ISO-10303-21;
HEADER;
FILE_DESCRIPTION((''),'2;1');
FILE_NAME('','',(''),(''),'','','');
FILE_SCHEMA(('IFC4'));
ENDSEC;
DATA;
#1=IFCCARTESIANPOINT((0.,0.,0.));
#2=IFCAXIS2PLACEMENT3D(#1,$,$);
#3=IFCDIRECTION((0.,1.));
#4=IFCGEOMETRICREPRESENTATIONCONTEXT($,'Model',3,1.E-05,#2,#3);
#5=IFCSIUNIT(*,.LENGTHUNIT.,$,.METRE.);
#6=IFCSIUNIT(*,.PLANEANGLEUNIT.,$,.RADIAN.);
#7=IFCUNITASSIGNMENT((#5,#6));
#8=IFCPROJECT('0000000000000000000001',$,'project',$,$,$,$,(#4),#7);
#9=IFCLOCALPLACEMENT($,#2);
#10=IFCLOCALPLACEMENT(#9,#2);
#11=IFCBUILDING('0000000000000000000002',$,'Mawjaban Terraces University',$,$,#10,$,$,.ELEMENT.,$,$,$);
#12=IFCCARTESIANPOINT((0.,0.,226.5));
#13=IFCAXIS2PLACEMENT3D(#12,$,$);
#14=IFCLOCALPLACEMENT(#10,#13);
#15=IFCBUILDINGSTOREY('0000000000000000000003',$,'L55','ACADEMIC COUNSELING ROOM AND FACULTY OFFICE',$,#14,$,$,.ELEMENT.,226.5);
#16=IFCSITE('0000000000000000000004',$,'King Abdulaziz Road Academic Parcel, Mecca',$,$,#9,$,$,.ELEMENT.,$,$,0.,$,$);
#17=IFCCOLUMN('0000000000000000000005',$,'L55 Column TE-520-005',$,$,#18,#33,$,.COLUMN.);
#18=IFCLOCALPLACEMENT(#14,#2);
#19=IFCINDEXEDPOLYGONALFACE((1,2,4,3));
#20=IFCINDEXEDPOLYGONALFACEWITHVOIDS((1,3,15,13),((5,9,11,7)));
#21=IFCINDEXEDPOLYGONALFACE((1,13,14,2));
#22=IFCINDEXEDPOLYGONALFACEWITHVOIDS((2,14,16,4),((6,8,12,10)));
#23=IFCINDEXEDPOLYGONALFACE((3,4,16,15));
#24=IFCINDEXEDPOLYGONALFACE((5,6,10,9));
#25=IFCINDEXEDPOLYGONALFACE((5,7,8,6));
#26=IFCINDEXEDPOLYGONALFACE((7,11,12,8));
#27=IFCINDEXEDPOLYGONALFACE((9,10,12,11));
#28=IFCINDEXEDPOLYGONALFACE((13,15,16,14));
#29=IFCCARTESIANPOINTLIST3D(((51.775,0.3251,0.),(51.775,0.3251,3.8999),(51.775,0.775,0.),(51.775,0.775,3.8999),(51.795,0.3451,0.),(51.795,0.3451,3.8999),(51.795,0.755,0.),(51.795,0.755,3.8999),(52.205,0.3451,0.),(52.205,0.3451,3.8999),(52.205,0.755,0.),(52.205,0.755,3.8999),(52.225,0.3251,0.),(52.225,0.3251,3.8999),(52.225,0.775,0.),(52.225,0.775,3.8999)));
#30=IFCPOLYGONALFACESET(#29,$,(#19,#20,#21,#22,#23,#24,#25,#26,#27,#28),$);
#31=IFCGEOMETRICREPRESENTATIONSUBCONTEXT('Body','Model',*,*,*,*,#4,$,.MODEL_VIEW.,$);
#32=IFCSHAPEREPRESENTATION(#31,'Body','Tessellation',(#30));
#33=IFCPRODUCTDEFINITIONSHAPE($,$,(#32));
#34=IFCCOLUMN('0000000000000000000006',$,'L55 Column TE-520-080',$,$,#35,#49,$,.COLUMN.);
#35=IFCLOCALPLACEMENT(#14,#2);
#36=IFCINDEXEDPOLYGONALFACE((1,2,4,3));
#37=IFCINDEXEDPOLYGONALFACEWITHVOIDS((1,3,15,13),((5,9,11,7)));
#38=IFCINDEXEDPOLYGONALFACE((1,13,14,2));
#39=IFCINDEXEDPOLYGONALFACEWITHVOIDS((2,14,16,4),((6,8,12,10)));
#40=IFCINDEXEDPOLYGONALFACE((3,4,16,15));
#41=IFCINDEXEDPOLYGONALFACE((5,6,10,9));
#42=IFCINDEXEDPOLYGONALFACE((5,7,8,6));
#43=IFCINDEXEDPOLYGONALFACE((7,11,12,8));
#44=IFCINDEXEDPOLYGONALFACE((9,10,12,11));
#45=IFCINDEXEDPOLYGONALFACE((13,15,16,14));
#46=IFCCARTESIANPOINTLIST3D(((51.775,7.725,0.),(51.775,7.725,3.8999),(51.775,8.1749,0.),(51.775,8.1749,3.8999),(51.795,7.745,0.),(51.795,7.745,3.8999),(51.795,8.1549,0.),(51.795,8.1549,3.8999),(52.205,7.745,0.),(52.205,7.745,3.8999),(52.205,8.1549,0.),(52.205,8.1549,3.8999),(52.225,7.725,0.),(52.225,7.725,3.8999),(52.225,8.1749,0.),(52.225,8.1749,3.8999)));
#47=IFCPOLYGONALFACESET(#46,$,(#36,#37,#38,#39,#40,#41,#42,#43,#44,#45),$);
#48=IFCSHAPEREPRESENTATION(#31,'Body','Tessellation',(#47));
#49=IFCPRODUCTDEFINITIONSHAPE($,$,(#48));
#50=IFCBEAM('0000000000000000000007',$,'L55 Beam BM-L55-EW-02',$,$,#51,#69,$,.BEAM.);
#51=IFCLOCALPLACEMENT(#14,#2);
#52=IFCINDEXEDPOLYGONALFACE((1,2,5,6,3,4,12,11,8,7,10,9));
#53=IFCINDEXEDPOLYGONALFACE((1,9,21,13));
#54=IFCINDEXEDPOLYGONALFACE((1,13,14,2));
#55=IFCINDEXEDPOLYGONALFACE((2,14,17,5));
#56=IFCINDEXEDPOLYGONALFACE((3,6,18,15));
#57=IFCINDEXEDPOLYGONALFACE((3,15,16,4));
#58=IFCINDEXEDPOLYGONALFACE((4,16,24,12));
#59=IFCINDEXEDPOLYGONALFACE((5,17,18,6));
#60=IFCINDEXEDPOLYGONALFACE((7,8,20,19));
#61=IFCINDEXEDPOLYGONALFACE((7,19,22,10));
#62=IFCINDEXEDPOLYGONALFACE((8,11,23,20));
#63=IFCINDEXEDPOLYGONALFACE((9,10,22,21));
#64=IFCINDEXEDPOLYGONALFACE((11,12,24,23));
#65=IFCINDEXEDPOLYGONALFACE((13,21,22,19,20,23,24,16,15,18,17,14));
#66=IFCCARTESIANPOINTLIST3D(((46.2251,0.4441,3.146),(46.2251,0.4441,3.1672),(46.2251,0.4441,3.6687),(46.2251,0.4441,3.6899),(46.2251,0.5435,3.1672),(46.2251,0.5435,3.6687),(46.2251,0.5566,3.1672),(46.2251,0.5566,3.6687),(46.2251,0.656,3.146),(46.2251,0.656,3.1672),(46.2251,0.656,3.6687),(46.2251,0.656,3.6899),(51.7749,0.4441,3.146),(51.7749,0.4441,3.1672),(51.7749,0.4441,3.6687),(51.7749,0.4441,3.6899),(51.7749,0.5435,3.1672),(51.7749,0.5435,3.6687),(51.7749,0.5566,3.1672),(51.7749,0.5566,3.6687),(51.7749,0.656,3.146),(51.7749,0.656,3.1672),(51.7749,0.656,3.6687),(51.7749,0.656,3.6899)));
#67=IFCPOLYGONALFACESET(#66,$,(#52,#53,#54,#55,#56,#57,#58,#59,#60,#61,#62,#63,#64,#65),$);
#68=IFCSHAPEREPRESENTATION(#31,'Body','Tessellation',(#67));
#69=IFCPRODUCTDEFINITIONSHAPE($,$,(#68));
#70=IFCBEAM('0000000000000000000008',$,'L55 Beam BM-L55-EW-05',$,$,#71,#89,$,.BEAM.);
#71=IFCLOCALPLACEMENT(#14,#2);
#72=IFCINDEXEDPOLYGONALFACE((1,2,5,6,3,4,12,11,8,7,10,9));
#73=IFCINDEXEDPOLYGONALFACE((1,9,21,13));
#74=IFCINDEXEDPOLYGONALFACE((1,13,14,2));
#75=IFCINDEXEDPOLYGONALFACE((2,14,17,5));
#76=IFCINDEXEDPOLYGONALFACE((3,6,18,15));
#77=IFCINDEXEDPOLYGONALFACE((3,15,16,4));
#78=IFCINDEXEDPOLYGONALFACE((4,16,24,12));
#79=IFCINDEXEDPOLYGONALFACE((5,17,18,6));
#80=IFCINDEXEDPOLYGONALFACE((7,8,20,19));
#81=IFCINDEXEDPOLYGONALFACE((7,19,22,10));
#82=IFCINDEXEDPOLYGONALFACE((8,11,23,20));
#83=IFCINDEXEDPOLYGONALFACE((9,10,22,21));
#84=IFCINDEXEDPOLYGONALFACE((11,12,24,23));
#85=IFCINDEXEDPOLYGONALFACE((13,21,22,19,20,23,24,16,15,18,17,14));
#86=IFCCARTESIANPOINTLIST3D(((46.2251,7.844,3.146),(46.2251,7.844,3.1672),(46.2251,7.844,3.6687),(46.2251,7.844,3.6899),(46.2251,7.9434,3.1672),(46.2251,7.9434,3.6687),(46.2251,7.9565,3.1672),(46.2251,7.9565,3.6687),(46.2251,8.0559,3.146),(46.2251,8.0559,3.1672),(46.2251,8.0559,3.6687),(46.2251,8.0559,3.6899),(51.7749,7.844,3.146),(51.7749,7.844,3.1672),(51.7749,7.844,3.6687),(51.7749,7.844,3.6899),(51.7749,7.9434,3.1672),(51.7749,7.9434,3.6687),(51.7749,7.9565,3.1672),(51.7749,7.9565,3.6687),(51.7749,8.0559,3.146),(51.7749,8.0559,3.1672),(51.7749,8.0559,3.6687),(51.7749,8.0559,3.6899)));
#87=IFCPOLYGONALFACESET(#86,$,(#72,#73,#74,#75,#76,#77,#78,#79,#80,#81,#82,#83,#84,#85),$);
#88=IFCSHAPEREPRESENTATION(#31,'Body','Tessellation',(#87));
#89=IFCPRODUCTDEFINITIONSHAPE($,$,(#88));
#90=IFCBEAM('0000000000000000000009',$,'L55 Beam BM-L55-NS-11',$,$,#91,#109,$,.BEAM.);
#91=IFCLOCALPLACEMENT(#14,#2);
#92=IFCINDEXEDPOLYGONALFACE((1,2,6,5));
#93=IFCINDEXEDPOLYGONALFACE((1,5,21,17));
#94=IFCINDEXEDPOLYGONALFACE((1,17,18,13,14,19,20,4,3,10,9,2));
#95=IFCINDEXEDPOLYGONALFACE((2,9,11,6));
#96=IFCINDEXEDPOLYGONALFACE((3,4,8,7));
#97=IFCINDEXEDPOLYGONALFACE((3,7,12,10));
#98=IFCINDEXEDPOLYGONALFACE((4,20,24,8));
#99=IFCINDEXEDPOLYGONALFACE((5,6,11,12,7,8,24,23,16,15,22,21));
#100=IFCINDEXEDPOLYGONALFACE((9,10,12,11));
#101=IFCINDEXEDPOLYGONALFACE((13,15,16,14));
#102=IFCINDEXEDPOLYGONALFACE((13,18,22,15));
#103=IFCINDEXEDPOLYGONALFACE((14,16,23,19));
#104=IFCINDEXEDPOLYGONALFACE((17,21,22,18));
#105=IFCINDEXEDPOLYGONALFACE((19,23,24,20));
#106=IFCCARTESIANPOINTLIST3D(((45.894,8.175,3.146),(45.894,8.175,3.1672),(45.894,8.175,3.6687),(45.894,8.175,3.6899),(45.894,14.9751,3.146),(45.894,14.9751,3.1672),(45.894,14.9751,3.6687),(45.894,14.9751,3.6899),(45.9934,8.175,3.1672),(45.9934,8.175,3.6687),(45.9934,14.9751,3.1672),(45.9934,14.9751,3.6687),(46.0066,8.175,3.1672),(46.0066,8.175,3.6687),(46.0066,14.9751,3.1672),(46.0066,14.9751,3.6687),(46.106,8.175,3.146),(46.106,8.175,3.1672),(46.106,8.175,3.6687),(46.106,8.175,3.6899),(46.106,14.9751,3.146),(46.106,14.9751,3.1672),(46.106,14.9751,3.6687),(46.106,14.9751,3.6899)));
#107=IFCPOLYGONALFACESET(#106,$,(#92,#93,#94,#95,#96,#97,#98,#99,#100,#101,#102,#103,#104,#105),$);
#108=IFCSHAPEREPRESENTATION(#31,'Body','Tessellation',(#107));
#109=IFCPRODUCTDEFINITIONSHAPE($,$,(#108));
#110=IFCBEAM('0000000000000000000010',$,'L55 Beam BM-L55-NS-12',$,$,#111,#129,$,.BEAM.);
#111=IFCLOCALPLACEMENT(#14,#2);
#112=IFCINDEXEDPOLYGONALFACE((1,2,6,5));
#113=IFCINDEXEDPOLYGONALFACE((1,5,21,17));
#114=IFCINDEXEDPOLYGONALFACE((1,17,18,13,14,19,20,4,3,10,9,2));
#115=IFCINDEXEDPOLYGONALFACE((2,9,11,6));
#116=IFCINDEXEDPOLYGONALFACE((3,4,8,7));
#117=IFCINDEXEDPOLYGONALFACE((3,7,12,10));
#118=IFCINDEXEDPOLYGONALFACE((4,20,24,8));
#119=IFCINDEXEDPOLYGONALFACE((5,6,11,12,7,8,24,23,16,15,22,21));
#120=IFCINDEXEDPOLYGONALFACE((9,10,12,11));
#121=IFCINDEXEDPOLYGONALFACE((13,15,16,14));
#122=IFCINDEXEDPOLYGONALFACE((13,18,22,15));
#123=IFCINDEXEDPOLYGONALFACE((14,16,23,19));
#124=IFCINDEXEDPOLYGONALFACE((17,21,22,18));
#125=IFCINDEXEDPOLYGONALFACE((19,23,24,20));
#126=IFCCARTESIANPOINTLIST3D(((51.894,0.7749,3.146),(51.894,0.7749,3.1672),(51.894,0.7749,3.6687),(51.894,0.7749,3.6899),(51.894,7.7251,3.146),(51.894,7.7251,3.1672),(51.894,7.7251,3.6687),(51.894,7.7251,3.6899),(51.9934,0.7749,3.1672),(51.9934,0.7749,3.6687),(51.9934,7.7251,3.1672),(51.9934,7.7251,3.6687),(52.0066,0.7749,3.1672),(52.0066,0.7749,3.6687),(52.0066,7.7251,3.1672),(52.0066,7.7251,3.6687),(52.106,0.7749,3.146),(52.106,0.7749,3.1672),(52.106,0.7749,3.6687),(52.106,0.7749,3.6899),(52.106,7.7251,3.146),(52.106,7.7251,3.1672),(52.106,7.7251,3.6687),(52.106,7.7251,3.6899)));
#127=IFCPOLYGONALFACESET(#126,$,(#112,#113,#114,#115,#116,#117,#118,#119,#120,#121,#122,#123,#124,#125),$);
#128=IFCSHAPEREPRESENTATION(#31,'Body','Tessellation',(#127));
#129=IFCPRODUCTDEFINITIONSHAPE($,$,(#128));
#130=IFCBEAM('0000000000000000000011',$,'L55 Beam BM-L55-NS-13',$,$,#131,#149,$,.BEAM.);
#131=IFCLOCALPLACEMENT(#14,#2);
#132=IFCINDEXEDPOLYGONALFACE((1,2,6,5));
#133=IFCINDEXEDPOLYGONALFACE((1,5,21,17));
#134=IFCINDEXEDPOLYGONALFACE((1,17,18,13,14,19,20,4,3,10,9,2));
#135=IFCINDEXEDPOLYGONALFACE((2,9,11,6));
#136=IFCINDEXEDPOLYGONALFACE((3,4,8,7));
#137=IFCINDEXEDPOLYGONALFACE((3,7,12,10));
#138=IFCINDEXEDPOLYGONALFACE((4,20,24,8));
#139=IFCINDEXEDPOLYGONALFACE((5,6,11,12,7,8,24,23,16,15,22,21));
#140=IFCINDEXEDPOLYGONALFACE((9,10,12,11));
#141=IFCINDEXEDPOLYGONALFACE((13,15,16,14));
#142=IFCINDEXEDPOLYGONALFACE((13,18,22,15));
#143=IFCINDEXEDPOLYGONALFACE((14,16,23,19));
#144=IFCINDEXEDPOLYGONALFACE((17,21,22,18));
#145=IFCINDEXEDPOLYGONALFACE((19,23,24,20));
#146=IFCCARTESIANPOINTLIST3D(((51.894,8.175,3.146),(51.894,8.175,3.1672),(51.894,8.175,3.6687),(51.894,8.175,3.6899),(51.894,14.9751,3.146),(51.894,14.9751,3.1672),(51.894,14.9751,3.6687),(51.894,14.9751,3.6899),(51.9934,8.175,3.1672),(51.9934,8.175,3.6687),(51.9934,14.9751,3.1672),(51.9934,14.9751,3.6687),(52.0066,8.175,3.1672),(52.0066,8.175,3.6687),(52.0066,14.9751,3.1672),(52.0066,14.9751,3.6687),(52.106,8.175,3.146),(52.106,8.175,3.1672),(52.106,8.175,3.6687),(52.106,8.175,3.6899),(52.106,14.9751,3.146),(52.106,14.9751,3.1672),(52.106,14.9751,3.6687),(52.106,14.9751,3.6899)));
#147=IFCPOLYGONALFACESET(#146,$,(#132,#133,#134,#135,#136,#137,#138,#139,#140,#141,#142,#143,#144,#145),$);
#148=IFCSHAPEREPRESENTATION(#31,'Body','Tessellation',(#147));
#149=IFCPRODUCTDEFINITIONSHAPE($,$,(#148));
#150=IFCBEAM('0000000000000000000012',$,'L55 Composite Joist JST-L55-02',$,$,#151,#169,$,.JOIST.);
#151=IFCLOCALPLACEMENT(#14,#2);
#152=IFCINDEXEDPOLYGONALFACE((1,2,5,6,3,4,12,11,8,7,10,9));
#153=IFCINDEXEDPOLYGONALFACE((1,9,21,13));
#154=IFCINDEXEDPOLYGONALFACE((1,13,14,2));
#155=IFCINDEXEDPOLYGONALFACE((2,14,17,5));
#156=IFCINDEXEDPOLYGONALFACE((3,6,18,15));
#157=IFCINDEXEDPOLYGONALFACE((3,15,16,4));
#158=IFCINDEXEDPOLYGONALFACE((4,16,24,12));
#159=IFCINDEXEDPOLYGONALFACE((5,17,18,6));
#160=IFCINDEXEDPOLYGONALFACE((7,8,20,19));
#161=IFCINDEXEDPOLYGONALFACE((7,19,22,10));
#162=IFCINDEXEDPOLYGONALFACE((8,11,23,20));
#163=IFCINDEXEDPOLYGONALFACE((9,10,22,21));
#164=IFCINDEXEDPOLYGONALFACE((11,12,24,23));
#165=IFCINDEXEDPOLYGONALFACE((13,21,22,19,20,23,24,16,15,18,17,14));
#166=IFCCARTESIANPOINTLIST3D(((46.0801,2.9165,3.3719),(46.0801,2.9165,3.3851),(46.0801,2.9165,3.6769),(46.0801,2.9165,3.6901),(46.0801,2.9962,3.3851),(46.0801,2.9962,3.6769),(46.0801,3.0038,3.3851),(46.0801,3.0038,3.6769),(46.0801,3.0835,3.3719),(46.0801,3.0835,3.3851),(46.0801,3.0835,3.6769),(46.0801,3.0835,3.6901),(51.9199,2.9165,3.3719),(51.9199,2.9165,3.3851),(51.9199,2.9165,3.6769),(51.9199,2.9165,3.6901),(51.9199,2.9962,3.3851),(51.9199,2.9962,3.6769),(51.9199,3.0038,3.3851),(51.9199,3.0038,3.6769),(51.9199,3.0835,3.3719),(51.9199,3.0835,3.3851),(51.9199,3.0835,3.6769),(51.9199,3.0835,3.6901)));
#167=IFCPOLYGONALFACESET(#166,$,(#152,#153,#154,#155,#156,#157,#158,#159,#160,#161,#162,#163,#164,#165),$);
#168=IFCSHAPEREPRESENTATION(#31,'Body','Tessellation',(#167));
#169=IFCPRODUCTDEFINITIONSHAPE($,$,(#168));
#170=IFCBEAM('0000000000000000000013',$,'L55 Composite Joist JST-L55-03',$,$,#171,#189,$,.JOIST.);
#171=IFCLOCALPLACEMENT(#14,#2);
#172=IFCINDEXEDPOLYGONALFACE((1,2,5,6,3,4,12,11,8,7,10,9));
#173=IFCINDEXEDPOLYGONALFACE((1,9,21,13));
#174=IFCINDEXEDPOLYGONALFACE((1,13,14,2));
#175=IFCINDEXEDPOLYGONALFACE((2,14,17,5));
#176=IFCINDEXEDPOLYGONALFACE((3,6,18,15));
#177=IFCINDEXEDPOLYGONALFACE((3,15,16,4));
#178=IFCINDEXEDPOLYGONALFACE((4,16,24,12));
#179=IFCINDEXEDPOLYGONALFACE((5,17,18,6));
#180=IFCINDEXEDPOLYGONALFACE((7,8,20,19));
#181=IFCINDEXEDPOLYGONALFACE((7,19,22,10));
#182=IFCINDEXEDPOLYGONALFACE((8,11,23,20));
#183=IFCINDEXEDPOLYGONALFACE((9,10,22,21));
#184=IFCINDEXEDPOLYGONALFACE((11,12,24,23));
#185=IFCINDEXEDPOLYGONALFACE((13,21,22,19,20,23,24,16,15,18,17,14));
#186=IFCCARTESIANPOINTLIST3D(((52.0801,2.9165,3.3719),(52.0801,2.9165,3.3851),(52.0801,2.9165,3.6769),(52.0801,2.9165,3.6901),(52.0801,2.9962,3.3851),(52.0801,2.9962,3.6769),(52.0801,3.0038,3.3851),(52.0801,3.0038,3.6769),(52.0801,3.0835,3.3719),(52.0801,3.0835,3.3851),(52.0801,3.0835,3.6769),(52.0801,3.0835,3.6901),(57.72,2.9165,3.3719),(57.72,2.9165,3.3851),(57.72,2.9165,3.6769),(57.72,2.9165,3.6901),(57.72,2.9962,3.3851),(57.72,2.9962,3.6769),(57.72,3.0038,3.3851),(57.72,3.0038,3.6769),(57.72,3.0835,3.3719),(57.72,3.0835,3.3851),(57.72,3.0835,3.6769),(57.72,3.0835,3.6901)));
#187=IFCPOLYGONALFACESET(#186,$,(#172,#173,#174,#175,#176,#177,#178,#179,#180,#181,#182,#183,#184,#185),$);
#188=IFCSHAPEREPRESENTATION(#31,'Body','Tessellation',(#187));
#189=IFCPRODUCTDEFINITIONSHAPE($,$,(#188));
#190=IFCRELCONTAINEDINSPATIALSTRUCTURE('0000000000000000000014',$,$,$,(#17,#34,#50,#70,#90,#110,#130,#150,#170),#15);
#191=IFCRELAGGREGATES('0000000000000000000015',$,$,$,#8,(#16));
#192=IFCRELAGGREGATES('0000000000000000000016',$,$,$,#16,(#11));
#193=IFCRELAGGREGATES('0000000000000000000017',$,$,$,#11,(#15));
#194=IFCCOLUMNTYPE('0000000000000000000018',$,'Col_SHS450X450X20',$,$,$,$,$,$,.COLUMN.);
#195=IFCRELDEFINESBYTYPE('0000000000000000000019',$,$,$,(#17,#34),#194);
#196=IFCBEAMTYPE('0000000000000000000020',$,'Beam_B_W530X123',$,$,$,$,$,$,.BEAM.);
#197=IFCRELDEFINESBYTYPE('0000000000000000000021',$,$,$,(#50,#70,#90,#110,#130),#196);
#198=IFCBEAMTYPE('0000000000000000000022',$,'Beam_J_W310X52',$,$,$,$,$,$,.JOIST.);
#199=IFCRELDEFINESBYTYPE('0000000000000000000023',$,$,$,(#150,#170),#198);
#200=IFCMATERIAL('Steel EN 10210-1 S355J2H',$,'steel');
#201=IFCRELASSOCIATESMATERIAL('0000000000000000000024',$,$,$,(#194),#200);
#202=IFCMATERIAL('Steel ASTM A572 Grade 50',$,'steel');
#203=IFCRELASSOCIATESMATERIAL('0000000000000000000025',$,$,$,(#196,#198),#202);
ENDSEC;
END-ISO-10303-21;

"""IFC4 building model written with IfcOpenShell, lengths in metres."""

from ifc_helpers import new_model, si_unit, direction, frame, origin, origin_2d, place, context, subcontext, project, spatial, hollow_rectangle, i_section, extrude, material, material_profile, profile_set, type_object, element, save


model = new_model("IFC4")

# Units and contexts
model_context = context("Model", 3, precision=1e-05, world=origin(), true_north=direction((0.0, 1.0)))
body_context = subcontext(model_context, "Body", "Model", "MODEL_VIEW")
ifc_project = project(units=[si_unit("LENGTHUNIT", "METRE"), si_unit("PLANEANGLEUNIT", "RADIAN")], contexts=[model_context])

# Site, building, storey
site_placement = place(None, origin())
site = spatial("IfcSite", under=ifc_project, at=site_placement, Name="King Abdulaziz Road Academic Parcel, Mecca", CompositionType="ELEMENT", RefElevation=0.0)
building_placement = place(site_placement, origin())
building = spatial("IfcBuilding", under=site, at=building_placement, Name="Mawjaban Terraces University", CompositionType="ELEMENT")
storey_placement = place(building_placement, frame((0.0, 0.0, 226.5)))
storey = spatial("IfcBuildingStorey", under=building, at=storey_placement, Name="L55", Description="ACADEMIC COUNSELING ROOM AND FACULTY OFFICE", CompositionType="ELEMENT", Elevation=226.5)

# Columns
ifc_material_1 = material(Name="Steel EN 10210-1 S355J2H", Category="steel")
ifc_material_profile_1 = material_profile(ifc_material_1, hollow_rectangle(XDim=0.45, YDim=0.45, WallThickness=0.02, at=origin_2d()), Name="SHS450X450X20")
ifc_profile_set_1 = profile_set([ifc_material_profile_1], Name="Steel EN 10210-1 S355J2H")
column_type = type_object("IfcColumnType", Name="Col_SHS450X450X20", PredefinedType="COLUMN", material=ifc_profile_set_1)
for number, where, z_axis, x_axis, name in (
    (1, (52.0, 0.55, 0.0), (0.0, 0.0, 1.0), (1.0, 0.0, 0.0), "L55 Column TE-520-005"),
    (2, (52.0, 7.95, 0.0), (0.0, 0.0, 1.0), (1.0, 0.0, 0.0), "L55 Column TE-520-080"),
):
    element("IfcColumn", number, at=place(storey_placement, frame(where, z_axis=z_axis, x_axis=x_axis)), inside=storey, type_object=column_type, Name=name, PredefinedType="COLUMN", context=body_context, shape_type="SweptSolid", body=[
        extrude(hollow_rectangle(XDim=0.45, YDim=0.45, WallThickness=0.02, at=origin_2d()), origin(), (0.0, 0.0, 1.0), 3.8999),
    ])

# Beams
ifc_material_2 = material(Name="Steel ASTM A572 Grade 50", Category="steel")
ifc_material_profile_2 = material_profile(ifc_material_2, i_section(OverallWidth=0.2119, OverallDepth=0.5439, WebThickness=0.0132, FlangeThickness=0.0212, at=origin_2d()), Name="W530X123")
ifc_profile_set_2 = profile_set([ifc_material_profile_2], Name="Steel ASTM A572 Grade 50")
beam_type_1 = type_object("IfcBeamType", Name="Beam_B_W530X123", PredefinedType="BEAM", material=ifc_profile_set_2)
for number, where, z_axis, x_axis, name in (
    (3, (46.2251, 0.55, 3.418), (1.0, 0.0, 0.0), (0.0, 1.0, 0.0), "L55 Beam BM-L55-EW-02"),
    (4, (46.2251, 7.95, 3.418), (1.0, 0.0, 0.0), (0.0, 1.0, 0.0), "L55 Beam BM-L55-EW-05"),
):
    element("IfcBeam", number, at=place(storey_placement, frame(where, z_axis=z_axis, x_axis=x_axis)), inside=storey, type_object=beam_type_1, Name=name, PredefinedType="BEAM", context=body_context, shape_type="SweptSolid", body=[
        extrude(i_section(OverallWidth=0.2119, OverallDepth=0.5439, WebThickness=0.0132, FlangeThickness=0.0212, at=origin_2d()), origin(), (0.0, 0.0, 1.0), 5.5498),
    ])
beam_1_placement = place(storey_placement, frame((46.0, 8.175, 3.418), z_axis=(0.0, 1.0, 0.0), x_axis=(-1.0, 0.0, 0.0)))
element("IfcBeam", 5, at=beam_1_placement, inside=storey, type_object=beam_type_1, Name="L55 Beam BM-L55-NS-11", PredefinedType="BEAM", context=body_context, shape_type="SweptSolid", body=[
    extrude(i_section(OverallWidth=0.2119, OverallDepth=0.5439, WebThickness=0.0132, FlangeThickness=0.0212, at=origin_2d()), origin(), (0.0, 0.0, 1.0), 6.8),
])
beam_2_placement = place(storey_placement, frame((52.0, 0.7749, 3.418), z_axis=(0.0, 1.0, 0.0), x_axis=(-1.0, 0.0, 0.0)))
element("IfcBeam", 6, at=beam_2_placement, inside=storey, type_object=beam_type_1, Name="L55 Beam BM-L55-NS-12", PredefinedType="BEAM", context=body_context, shape_type="SweptSolid", body=[
    extrude(i_section(OverallWidth=0.2119, OverallDepth=0.5439, WebThickness=0.0132, FlangeThickness=0.0212, at=origin_2d()), origin(), (0.0, 0.0, 1.0), 6.9502),
])
beam_3_placement = place(storey_placement, frame((52.0, 8.175, 3.418), z_axis=(0.0, 1.0, 0.0), x_axis=(-1.0, 0.0, 0.0)))
element("IfcBeam", 7, at=beam_3_placement, inside=storey, type_object=beam_type_1, Name="L55 Beam BM-L55-NS-13", PredefinedType="BEAM", context=body_context, shape_type="SweptSolid", body=[
    extrude(i_section(OverallWidth=0.2119, OverallDepth=0.5439, WebThickness=0.0132, FlangeThickness=0.0212, at=origin_2d()), origin(), (0.0, 0.0, 1.0), 6.8),
])
ifc_material_profile_3 = material_profile(ifc_material_2, i_section(OverallWidth=0.167, OverallDepth=0.3181, WebThickness=0.0076, FlangeThickness=0.0132, at=origin_2d()), Name="W310X52")
ifc_profile_set_3 = profile_set([ifc_material_profile_3], Name="Steel ASTM A572 Grade 50")
beam_type_2 = type_object("IfcBeamType", Name="Beam_J_W310X52", PredefinedType="JOIST", material=ifc_profile_set_3)
beam_4_placement = place(storey_placement, frame((46.0801, 3.0, 3.531), z_axis=(1.0, 0.0, 0.0), x_axis=(0.0, 1.0, 0.0)))
element("IfcBeam", 8, at=beam_4_placement, inside=storey, type_object=beam_type_2, Name="L55 Composite Joist JST-L55-02", PredefinedType="JOIST", context=body_context, shape_type="SweptSolid", body=[
    extrude(i_section(OverallWidth=0.167, OverallDepth=0.3181, WebThickness=0.0076, FlangeThickness=0.0132, at=origin_2d()), origin(), (0.0, 0.0, 1.0), 5.8398),
])
beam_5_placement = place(storey_placement, frame((52.0801, 3.0, 3.531), z_axis=(1.0, 0.0, 0.0), x_axis=(0.0, 1.0, 0.0)))
element("IfcBeam", 9, at=beam_5_placement, inside=storey, type_object=beam_type_2, Name="L55 Composite Joist JST-L55-03", PredefinedType="JOIST", context=body_context, shape_type="SweptSolid", body=[
    extrude(i_section(OverallWidth=0.167, OverallDepth=0.3181, WebThickness=0.0076, FlangeThickness=0.0132, at=origin_2d()), origin(), (0.0, 0.0, 1.0), 5.6399),
])

save(model, "model.ifc")
